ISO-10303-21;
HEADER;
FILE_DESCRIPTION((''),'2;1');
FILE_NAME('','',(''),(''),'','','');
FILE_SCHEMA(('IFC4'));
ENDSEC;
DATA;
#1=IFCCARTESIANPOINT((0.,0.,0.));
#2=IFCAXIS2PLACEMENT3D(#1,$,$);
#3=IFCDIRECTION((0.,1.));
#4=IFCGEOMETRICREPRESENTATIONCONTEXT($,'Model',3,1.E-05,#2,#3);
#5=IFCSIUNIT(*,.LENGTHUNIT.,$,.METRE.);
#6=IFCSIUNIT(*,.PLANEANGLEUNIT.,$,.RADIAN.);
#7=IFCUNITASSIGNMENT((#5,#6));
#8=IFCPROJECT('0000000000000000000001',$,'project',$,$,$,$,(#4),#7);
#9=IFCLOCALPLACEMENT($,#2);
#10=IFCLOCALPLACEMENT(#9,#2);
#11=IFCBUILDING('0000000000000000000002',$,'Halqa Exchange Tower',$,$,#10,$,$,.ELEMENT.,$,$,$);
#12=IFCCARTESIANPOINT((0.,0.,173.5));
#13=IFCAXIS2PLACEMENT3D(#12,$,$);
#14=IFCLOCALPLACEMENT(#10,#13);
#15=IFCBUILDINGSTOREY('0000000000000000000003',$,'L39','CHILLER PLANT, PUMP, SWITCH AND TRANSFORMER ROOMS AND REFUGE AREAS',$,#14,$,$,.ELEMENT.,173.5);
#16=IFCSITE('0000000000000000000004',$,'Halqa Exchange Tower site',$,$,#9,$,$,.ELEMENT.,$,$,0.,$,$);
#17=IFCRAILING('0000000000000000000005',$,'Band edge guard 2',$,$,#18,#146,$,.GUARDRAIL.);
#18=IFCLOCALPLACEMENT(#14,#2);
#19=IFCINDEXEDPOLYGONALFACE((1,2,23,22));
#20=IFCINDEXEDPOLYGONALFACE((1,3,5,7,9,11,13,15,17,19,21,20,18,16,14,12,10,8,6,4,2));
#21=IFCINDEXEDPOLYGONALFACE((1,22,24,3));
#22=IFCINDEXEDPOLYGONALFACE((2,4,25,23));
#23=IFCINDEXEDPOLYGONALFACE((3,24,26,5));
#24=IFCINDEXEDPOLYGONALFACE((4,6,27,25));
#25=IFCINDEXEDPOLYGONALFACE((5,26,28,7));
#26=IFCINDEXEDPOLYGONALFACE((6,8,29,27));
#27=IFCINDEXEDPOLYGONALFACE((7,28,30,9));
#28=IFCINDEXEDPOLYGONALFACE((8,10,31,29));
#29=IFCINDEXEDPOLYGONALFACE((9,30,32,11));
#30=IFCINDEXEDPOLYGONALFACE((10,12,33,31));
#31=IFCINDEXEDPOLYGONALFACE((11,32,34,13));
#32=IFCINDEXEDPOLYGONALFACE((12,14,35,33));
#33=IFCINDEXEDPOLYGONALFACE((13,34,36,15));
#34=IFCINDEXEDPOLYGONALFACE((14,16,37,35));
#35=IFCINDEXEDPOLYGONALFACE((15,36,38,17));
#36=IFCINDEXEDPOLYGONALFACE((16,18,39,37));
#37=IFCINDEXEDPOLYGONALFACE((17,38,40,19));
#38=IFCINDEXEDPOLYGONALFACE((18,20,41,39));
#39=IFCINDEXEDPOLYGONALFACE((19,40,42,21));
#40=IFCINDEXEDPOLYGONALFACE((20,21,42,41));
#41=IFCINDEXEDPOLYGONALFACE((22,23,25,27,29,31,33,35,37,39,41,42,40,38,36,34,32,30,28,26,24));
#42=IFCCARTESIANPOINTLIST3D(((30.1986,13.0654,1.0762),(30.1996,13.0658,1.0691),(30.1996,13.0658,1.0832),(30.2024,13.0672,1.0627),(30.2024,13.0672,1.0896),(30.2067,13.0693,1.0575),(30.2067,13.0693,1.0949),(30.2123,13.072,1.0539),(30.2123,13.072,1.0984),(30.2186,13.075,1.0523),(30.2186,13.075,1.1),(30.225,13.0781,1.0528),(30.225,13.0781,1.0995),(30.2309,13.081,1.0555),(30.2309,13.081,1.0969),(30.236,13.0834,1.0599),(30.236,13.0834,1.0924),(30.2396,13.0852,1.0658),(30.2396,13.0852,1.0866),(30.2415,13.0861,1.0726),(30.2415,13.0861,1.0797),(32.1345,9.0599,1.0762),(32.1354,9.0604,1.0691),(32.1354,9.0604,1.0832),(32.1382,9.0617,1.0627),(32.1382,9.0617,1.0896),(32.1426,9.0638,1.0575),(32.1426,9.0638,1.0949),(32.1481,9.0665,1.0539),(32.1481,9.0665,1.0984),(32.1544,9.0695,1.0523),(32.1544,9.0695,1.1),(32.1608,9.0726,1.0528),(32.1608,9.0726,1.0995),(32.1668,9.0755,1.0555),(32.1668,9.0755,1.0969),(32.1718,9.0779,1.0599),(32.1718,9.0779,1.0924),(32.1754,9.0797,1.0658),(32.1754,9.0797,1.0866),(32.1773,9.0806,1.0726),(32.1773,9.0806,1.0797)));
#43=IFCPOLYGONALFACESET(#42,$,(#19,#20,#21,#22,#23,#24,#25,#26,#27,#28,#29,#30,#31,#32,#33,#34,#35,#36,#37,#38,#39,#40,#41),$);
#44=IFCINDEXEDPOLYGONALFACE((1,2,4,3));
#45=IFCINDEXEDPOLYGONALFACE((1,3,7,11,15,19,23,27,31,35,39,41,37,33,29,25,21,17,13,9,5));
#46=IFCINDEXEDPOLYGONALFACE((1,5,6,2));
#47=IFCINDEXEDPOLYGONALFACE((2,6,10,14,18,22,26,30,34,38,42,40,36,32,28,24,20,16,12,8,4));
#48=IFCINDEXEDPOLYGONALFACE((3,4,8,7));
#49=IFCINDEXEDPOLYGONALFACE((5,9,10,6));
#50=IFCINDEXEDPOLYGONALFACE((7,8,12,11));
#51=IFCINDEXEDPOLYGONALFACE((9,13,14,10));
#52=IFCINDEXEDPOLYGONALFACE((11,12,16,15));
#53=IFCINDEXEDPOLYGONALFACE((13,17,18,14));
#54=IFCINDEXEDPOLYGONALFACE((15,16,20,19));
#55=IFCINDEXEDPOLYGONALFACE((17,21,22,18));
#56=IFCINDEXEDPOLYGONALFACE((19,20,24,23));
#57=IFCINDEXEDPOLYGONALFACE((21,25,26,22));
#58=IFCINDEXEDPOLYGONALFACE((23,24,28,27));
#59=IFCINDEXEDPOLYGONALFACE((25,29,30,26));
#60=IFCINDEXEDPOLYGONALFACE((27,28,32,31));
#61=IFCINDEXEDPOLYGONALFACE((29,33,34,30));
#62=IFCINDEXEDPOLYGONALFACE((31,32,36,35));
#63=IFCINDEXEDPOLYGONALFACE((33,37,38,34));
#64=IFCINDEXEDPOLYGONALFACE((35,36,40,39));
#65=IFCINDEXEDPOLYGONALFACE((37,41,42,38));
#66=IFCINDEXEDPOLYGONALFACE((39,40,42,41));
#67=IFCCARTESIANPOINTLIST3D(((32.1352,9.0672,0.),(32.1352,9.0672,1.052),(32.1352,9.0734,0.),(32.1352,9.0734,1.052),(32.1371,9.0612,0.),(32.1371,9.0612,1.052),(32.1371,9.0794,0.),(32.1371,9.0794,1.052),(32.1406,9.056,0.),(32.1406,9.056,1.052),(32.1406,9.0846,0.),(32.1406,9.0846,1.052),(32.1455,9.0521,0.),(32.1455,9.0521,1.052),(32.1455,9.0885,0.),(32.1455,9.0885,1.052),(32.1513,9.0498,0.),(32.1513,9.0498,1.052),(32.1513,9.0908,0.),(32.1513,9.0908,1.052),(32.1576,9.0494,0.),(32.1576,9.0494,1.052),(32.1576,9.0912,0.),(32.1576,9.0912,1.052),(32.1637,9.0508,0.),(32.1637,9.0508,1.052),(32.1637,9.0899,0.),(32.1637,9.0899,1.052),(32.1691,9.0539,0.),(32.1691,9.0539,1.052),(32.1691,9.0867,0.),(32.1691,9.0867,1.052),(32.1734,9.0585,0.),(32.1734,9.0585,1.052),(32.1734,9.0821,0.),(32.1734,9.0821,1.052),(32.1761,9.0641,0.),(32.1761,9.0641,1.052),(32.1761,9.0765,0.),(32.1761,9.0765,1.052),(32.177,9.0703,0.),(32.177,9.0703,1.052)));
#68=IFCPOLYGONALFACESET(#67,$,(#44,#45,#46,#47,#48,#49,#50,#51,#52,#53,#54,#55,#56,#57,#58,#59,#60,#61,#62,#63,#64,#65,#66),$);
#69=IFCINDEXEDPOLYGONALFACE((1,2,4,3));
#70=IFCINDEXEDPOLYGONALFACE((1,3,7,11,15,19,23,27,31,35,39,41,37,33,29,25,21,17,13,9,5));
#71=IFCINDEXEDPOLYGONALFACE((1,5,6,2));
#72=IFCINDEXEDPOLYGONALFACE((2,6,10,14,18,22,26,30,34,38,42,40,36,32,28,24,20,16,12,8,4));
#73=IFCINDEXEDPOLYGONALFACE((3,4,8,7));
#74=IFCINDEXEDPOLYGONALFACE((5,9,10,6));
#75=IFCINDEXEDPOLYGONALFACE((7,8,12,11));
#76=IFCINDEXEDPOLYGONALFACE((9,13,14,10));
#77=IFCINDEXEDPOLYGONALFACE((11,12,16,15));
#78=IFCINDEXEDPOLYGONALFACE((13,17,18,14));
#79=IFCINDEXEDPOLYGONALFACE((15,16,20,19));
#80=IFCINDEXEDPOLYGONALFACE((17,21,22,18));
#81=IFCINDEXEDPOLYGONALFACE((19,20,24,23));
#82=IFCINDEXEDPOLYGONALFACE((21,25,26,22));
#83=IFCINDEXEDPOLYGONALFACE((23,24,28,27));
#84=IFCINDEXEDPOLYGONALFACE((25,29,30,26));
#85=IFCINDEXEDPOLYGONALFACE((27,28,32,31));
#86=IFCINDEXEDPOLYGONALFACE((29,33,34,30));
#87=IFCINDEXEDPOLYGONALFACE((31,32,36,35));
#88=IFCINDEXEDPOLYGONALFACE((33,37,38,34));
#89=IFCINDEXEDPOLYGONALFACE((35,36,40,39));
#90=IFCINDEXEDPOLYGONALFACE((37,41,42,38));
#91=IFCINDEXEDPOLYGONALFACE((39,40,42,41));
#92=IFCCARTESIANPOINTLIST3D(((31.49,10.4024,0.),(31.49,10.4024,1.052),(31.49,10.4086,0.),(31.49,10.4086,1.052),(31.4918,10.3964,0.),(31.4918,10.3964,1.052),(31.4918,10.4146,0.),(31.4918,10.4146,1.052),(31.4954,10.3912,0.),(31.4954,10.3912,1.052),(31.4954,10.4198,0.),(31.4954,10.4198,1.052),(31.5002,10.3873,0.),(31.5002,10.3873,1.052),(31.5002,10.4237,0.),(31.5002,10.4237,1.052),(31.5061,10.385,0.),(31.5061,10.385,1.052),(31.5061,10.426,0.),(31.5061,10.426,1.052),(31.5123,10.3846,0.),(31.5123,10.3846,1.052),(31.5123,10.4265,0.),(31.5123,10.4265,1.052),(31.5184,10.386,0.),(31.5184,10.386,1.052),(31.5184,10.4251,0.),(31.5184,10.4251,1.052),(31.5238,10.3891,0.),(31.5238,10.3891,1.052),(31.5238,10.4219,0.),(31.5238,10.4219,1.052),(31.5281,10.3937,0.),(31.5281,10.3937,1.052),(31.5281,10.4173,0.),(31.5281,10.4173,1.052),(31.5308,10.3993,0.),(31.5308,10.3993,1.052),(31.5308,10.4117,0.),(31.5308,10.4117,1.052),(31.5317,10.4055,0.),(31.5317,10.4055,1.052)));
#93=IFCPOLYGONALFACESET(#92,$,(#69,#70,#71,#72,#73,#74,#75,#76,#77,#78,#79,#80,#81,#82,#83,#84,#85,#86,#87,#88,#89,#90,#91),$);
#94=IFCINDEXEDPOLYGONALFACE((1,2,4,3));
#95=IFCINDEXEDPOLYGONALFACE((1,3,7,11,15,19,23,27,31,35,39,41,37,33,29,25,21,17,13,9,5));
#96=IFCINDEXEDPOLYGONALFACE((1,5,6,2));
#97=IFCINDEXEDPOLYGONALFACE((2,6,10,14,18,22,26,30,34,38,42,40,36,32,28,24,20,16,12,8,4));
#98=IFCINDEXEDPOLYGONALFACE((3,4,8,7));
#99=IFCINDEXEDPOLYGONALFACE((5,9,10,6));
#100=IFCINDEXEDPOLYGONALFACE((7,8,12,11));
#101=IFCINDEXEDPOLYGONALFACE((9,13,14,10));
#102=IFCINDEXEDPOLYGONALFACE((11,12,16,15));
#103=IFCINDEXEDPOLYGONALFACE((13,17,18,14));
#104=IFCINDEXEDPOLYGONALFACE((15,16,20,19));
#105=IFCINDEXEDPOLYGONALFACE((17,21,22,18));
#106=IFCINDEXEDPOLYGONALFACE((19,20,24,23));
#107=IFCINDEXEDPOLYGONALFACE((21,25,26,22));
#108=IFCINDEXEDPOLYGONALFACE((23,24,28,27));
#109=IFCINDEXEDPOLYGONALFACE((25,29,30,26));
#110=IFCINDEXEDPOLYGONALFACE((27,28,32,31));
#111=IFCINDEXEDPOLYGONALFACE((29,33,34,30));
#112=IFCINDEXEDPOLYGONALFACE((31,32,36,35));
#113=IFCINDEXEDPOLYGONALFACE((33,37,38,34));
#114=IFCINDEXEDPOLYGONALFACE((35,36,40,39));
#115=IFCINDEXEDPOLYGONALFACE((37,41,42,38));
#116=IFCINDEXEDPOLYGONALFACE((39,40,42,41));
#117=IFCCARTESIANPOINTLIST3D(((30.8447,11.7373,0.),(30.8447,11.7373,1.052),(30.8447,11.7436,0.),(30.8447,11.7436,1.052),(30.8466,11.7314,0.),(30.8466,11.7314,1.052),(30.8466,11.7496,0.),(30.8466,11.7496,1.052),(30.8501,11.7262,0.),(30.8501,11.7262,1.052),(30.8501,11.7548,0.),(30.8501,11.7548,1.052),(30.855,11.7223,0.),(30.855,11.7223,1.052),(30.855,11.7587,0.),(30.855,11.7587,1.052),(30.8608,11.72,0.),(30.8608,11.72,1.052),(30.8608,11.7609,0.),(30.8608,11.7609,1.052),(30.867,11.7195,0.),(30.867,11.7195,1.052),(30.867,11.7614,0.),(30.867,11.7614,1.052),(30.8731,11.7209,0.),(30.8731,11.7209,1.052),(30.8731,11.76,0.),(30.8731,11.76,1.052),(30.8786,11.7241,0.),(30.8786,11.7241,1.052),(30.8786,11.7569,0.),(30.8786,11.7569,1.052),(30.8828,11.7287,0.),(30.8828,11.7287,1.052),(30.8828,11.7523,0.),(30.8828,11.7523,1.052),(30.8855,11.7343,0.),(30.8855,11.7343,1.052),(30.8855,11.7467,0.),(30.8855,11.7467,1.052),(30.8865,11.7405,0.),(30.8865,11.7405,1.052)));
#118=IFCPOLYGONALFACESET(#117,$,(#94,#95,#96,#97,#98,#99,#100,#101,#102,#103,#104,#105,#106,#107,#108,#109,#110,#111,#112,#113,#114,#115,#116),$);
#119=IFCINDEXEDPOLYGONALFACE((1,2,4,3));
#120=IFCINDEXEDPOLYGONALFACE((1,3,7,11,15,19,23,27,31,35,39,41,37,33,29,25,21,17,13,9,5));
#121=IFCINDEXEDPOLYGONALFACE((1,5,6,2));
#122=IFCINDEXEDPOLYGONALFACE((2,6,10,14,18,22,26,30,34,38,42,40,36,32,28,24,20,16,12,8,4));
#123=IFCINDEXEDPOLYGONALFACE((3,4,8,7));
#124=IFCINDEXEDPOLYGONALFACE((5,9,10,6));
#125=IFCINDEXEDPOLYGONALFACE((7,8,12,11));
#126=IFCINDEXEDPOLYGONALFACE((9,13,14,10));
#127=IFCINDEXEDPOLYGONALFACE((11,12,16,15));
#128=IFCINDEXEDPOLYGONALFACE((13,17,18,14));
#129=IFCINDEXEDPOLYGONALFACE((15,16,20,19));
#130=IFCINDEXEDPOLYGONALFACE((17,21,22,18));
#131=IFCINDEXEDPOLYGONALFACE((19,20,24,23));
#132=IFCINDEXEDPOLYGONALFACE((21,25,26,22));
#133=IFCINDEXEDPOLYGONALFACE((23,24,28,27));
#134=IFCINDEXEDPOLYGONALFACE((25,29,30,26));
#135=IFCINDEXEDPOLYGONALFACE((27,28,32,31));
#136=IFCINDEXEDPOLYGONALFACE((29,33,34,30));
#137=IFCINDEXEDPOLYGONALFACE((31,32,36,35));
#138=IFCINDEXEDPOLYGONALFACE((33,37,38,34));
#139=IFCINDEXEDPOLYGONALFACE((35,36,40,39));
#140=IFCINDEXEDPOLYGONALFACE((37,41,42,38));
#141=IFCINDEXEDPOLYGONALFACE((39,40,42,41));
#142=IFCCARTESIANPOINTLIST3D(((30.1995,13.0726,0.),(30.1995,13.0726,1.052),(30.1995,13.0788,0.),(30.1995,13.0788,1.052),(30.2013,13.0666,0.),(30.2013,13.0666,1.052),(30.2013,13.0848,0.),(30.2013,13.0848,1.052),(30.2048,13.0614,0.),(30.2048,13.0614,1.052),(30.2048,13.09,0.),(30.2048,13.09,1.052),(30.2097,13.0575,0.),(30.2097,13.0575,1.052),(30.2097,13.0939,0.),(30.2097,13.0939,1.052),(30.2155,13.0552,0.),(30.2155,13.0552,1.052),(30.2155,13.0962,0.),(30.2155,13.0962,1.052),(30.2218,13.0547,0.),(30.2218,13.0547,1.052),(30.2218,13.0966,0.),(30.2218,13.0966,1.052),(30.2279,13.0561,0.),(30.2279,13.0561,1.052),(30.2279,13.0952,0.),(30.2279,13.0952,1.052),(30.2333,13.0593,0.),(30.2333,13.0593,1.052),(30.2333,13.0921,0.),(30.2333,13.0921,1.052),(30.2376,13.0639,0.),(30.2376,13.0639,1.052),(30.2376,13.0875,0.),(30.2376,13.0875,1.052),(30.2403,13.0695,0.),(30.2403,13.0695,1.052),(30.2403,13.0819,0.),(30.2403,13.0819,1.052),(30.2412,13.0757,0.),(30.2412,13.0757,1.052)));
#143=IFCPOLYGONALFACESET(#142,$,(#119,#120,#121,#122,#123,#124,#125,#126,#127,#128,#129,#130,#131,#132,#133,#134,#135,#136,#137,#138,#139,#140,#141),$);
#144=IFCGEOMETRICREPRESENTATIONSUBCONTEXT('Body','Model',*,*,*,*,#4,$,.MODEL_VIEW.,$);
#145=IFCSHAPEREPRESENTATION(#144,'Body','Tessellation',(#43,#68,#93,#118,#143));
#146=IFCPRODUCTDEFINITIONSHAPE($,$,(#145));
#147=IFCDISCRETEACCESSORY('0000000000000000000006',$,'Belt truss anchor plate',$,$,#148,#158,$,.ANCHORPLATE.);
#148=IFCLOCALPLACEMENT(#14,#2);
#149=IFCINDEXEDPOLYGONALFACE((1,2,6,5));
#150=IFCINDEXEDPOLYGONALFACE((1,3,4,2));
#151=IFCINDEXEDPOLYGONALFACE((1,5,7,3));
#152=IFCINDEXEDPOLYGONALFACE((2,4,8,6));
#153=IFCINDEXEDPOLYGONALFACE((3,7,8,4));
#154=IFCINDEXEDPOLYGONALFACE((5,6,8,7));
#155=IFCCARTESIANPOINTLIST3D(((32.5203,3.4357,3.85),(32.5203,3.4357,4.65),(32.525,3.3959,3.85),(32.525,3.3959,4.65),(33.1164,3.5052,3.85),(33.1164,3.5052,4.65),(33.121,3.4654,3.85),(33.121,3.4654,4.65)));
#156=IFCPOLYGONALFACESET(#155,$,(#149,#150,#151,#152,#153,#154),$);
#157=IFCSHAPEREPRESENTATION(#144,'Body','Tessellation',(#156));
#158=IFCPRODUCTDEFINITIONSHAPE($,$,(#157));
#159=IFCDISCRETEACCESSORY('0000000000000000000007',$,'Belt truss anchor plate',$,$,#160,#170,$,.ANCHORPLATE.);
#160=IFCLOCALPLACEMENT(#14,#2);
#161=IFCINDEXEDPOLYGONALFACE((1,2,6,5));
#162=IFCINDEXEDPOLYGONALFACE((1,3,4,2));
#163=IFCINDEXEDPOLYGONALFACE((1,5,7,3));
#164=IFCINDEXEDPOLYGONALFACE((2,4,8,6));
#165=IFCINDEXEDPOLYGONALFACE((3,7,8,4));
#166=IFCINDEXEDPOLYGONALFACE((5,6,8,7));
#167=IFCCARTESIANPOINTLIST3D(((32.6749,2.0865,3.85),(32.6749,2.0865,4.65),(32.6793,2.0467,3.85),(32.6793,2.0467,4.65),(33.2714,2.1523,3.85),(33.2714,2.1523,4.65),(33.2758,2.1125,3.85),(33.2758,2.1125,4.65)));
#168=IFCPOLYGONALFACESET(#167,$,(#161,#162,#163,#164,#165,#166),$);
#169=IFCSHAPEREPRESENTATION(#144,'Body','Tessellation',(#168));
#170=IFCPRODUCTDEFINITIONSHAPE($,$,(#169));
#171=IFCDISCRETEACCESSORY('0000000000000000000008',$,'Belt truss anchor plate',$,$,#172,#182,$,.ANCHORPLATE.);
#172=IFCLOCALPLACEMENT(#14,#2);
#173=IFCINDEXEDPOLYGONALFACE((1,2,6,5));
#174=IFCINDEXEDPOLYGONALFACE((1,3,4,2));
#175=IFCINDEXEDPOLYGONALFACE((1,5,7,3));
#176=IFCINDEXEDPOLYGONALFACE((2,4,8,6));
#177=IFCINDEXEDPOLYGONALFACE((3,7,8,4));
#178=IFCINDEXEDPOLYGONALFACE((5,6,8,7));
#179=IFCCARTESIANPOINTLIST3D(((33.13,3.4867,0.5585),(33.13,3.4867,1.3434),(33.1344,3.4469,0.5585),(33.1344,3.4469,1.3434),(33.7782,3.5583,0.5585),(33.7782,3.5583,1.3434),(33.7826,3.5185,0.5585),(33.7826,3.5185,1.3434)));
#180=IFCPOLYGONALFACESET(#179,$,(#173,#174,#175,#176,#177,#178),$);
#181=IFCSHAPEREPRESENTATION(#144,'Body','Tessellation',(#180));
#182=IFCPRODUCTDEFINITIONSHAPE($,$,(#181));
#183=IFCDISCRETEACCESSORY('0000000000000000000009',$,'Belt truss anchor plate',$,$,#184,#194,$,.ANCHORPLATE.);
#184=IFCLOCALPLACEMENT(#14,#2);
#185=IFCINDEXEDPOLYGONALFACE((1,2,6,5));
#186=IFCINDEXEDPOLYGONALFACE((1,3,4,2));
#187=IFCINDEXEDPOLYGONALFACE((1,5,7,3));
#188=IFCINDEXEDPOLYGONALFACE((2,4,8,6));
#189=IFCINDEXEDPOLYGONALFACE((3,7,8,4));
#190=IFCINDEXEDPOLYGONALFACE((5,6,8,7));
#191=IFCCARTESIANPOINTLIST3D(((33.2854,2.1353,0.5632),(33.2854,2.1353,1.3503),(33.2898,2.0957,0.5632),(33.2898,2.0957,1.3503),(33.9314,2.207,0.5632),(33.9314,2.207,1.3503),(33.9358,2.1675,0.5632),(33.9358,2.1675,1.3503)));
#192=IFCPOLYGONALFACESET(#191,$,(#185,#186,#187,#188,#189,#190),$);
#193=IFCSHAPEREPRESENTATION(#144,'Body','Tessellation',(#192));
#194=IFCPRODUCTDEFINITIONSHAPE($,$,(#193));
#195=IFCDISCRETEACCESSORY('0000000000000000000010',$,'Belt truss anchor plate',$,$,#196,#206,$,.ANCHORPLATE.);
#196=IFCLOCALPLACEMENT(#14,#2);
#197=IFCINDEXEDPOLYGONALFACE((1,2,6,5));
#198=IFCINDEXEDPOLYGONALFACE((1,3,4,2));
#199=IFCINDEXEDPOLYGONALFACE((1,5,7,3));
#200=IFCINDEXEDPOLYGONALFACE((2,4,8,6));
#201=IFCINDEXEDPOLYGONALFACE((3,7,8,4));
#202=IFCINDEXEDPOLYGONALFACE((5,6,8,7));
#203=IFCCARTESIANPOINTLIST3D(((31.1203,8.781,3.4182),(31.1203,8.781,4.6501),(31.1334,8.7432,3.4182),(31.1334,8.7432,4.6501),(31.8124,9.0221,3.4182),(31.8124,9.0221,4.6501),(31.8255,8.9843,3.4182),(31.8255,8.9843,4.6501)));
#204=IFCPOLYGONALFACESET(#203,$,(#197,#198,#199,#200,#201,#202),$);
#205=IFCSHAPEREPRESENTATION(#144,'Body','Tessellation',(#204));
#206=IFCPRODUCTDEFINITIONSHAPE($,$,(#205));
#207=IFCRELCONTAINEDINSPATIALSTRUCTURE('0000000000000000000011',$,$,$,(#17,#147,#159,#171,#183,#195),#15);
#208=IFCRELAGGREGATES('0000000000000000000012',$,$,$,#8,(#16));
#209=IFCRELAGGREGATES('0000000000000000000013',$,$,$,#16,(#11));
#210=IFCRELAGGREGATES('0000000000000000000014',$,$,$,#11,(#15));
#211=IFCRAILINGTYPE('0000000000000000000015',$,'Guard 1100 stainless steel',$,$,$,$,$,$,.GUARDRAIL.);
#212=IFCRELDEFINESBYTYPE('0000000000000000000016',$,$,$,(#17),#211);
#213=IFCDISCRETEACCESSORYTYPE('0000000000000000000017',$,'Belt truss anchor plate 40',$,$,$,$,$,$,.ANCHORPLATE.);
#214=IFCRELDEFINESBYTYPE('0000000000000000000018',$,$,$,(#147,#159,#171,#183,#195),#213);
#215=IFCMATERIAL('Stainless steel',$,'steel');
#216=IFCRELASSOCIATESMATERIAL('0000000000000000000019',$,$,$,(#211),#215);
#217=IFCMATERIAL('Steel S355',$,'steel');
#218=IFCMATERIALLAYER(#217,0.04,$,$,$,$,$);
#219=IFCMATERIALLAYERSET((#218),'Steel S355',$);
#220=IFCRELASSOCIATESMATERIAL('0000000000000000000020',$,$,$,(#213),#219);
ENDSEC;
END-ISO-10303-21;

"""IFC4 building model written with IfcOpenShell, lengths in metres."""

from ifc_helpers import new_model, si_unit, direction, frame, origin, origin_2d, place, context, subcontext, project, spatial, rectangle, circle, extrude, material, layer, layer_set, type_object, element, save


model = new_model("IFC4")

# Units and contexts
model_context = context("Model", 3, precision=1e-05, world=origin(), true_north=direction((0.0, 1.0)))
body_context = subcontext(model_context, "Body", "Model", "MODEL_VIEW")
ifc_project = project(units=[si_unit("LENGTHUNIT", "METRE"), si_unit("PLANEANGLEUNIT", "RADIAN")], contexts=[model_context])

# Site, building, storey
site_placement = place(None, origin())
site = spatial("IfcSite", under=ifc_project, at=site_placement, Name="Halqa Exchange Tower site", CompositionType="ELEMENT", RefElevation=0.0)
building_placement = place(site_placement, origin())
building = spatial("IfcBuilding", under=site, at=building_placement, Name="Halqa Exchange Tower", CompositionType="ELEMENT")
storey_placement = place(building_placement, frame((0.0, 0.0, 173.5)))
storey = spatial("IfcBuildingStorey", under=building, at=storey_placement, Name="L39", Description="CHILLER PLANT, PUMP, SWITCH AND TRANSFORMER ROOMS AND REFUGE AREAS", CompositionType="ELEMENT", Elevation=173.5)

# Shared definitions
ifc_material_1 = material(Name="Steel S355", Category="steel")

# Railing
ifc_material_2 = material(Name="Stainless steel", Category="steel")
railing_type = type_object("IfcRailingType", Name="Guard 1100 stainless steel", PredefinedType="GUARDRAIL", material=ifc_material_2)
railing_1_placement = place(storey_placement, frame((32.156, 9.0703, 0.0)))
element("IfcRailing", 1, at=railing_1_placement, inside=storey, type_object=railing_type, Name="Band edge guard 2", PredefinedType="GUARDRAIL", context=body_context, shape_type="SweptSolid", body=[
    extrude(circle(Radius=0.0239, at=origin_2d()), frame((0.0, 0.0, 1.0762), z_axis=(-0.435143, 0.900361, 0.0), x_axis=(-0.900361, -0.435143, 0.0)), (0.0, 0.0, 1.0), 4.4487),
    extrude(circle(Radius=0.021, at=origin_2d()), origin(), (0.0, 0.0, 1.0), 1.052),
    extrude(circle(Radius=0.021, at=origin_2d()), frame((-0.6453, 1.3352, 0.0)), (0.0, 0.0, 1.0), 1.052),
    extrude(circle(Radius=0.021, at=origin_2d()), frame((-1.2905, 2.6702, 0.0)), (0.0, 0.0, 1.0), 1.052),
    extrude(circle(Radius=0.021, at=origin_2d()), frame((-1.9358, 4.0054, 0.0)), (0.0, 0.0, 1.0), 1.052),
])

# Discrete accessories
ifc_layer_1 = layer(ifc_material_1, 0.04)
ifc_layer_set_1 = layer_set([ifc_layer_1], Name="Steel S355")
discrete_accessory_type = type_object("IfcDiscreteAccessoryType", Name="Belt truss anchor plate 40", PredefinedType="ANCHORPLATE", material=ifc_layer_set_1)
for number, where, z_axis, x_axis, name in (
    (2, (32.823, 3.4307, 4.25), (-0.115781, 0.993275, 0.0), (-0.993275, -0.115781, 0.0), "Belt truss anchor plate"),
    (3, (32.9731, 2.1194, 4.25), (0.109762, -0.993958, 0.0), (0.993958, 0.109762, 0.0), "Belt truss anchor plate"),
):
    element("IfcDiscreteAccessory", number, at=place(storey_placement, frame(where, z_axis=z_axis, x_axis=x_axis)), inside=storey, type_object=discrete_accessory_type, Name=name, PredefinedType="ANCHORPLATE", context=body_context, shape_type="SweptSolid", body=[
        extrude(rectangle(XDim=0.6001, YDim=0.8, at=origin_2d()), origin(), (0.0, 0.0, 1.0), 0.04),
    ])
discrete_accessory_1_placement = place(storey_placement, frame((33.4585, 3.4827, 0.9509), z_axis=(-0.109762, 0.993958, 0.0), x_axis=(-0.993958, -0.109762, 0.0)))
element("IfcDiscreteAccessory", 4, at=discrete_accessory_1_placement, inside=storey, type_object=discrete_accessory_type, Name="Belt truss anchor plate", PredefinedType="ANCHORPLATE", context=body_context, shape_type="SweptSolid", body=[
    extrude(rectangle(XDim=0.6521, YDim=0.7849, at=origin_2d()), origin(), (0.0, 0.0, 1.0), 0.04),
])
discrete_accessory_2_placement = place(storey_placement, frame((33.6084, 2.1711, 0.9568), z_axis=(0.110432, -0.993884, 0.0), x_axis=(0.993884, 0.110432, 0.0)))
element("IfcDiscreteAccessory", 5, at=discrete_accessory_2_placement, inside=storey, type_object=discrete_accessory_type, Name="Belt truss anchor plate", PredefinedType="ANCHORPLATE", context=body_context, shape_type="SweptSolid", body=[
    extrude(rectangle(XDim=0.6499, YDim=0.7871, at=origin_2d()), origin(), (0.0, 0.0, 1.0), 0.0398),
])
discrete_accessory_3_placement = place(storey_placement, frame((31.4795, 8.8638, 4.0342), z_axis=(-0.328993, 0.944332, 0.0), x_axis=(-0.944332, -0.328993, 0.0)))
element("IfcDiscreteAccessory", 6, at=discrete_accessory_3_placement, inside=storey, type_object=discrete_accessory_type, Name="Belt truss anchor plate", PredefinedType="ANCHORPLATE", context=body_context, shape_type="SweptSolid", body=[
    extrude(rectangle(XDim=0.7329, YDim=1.2319, at=origin_2d()), origin(), (0.0, 0.0, 1.0), 0.04),
])

save(model, "model.ifc")
